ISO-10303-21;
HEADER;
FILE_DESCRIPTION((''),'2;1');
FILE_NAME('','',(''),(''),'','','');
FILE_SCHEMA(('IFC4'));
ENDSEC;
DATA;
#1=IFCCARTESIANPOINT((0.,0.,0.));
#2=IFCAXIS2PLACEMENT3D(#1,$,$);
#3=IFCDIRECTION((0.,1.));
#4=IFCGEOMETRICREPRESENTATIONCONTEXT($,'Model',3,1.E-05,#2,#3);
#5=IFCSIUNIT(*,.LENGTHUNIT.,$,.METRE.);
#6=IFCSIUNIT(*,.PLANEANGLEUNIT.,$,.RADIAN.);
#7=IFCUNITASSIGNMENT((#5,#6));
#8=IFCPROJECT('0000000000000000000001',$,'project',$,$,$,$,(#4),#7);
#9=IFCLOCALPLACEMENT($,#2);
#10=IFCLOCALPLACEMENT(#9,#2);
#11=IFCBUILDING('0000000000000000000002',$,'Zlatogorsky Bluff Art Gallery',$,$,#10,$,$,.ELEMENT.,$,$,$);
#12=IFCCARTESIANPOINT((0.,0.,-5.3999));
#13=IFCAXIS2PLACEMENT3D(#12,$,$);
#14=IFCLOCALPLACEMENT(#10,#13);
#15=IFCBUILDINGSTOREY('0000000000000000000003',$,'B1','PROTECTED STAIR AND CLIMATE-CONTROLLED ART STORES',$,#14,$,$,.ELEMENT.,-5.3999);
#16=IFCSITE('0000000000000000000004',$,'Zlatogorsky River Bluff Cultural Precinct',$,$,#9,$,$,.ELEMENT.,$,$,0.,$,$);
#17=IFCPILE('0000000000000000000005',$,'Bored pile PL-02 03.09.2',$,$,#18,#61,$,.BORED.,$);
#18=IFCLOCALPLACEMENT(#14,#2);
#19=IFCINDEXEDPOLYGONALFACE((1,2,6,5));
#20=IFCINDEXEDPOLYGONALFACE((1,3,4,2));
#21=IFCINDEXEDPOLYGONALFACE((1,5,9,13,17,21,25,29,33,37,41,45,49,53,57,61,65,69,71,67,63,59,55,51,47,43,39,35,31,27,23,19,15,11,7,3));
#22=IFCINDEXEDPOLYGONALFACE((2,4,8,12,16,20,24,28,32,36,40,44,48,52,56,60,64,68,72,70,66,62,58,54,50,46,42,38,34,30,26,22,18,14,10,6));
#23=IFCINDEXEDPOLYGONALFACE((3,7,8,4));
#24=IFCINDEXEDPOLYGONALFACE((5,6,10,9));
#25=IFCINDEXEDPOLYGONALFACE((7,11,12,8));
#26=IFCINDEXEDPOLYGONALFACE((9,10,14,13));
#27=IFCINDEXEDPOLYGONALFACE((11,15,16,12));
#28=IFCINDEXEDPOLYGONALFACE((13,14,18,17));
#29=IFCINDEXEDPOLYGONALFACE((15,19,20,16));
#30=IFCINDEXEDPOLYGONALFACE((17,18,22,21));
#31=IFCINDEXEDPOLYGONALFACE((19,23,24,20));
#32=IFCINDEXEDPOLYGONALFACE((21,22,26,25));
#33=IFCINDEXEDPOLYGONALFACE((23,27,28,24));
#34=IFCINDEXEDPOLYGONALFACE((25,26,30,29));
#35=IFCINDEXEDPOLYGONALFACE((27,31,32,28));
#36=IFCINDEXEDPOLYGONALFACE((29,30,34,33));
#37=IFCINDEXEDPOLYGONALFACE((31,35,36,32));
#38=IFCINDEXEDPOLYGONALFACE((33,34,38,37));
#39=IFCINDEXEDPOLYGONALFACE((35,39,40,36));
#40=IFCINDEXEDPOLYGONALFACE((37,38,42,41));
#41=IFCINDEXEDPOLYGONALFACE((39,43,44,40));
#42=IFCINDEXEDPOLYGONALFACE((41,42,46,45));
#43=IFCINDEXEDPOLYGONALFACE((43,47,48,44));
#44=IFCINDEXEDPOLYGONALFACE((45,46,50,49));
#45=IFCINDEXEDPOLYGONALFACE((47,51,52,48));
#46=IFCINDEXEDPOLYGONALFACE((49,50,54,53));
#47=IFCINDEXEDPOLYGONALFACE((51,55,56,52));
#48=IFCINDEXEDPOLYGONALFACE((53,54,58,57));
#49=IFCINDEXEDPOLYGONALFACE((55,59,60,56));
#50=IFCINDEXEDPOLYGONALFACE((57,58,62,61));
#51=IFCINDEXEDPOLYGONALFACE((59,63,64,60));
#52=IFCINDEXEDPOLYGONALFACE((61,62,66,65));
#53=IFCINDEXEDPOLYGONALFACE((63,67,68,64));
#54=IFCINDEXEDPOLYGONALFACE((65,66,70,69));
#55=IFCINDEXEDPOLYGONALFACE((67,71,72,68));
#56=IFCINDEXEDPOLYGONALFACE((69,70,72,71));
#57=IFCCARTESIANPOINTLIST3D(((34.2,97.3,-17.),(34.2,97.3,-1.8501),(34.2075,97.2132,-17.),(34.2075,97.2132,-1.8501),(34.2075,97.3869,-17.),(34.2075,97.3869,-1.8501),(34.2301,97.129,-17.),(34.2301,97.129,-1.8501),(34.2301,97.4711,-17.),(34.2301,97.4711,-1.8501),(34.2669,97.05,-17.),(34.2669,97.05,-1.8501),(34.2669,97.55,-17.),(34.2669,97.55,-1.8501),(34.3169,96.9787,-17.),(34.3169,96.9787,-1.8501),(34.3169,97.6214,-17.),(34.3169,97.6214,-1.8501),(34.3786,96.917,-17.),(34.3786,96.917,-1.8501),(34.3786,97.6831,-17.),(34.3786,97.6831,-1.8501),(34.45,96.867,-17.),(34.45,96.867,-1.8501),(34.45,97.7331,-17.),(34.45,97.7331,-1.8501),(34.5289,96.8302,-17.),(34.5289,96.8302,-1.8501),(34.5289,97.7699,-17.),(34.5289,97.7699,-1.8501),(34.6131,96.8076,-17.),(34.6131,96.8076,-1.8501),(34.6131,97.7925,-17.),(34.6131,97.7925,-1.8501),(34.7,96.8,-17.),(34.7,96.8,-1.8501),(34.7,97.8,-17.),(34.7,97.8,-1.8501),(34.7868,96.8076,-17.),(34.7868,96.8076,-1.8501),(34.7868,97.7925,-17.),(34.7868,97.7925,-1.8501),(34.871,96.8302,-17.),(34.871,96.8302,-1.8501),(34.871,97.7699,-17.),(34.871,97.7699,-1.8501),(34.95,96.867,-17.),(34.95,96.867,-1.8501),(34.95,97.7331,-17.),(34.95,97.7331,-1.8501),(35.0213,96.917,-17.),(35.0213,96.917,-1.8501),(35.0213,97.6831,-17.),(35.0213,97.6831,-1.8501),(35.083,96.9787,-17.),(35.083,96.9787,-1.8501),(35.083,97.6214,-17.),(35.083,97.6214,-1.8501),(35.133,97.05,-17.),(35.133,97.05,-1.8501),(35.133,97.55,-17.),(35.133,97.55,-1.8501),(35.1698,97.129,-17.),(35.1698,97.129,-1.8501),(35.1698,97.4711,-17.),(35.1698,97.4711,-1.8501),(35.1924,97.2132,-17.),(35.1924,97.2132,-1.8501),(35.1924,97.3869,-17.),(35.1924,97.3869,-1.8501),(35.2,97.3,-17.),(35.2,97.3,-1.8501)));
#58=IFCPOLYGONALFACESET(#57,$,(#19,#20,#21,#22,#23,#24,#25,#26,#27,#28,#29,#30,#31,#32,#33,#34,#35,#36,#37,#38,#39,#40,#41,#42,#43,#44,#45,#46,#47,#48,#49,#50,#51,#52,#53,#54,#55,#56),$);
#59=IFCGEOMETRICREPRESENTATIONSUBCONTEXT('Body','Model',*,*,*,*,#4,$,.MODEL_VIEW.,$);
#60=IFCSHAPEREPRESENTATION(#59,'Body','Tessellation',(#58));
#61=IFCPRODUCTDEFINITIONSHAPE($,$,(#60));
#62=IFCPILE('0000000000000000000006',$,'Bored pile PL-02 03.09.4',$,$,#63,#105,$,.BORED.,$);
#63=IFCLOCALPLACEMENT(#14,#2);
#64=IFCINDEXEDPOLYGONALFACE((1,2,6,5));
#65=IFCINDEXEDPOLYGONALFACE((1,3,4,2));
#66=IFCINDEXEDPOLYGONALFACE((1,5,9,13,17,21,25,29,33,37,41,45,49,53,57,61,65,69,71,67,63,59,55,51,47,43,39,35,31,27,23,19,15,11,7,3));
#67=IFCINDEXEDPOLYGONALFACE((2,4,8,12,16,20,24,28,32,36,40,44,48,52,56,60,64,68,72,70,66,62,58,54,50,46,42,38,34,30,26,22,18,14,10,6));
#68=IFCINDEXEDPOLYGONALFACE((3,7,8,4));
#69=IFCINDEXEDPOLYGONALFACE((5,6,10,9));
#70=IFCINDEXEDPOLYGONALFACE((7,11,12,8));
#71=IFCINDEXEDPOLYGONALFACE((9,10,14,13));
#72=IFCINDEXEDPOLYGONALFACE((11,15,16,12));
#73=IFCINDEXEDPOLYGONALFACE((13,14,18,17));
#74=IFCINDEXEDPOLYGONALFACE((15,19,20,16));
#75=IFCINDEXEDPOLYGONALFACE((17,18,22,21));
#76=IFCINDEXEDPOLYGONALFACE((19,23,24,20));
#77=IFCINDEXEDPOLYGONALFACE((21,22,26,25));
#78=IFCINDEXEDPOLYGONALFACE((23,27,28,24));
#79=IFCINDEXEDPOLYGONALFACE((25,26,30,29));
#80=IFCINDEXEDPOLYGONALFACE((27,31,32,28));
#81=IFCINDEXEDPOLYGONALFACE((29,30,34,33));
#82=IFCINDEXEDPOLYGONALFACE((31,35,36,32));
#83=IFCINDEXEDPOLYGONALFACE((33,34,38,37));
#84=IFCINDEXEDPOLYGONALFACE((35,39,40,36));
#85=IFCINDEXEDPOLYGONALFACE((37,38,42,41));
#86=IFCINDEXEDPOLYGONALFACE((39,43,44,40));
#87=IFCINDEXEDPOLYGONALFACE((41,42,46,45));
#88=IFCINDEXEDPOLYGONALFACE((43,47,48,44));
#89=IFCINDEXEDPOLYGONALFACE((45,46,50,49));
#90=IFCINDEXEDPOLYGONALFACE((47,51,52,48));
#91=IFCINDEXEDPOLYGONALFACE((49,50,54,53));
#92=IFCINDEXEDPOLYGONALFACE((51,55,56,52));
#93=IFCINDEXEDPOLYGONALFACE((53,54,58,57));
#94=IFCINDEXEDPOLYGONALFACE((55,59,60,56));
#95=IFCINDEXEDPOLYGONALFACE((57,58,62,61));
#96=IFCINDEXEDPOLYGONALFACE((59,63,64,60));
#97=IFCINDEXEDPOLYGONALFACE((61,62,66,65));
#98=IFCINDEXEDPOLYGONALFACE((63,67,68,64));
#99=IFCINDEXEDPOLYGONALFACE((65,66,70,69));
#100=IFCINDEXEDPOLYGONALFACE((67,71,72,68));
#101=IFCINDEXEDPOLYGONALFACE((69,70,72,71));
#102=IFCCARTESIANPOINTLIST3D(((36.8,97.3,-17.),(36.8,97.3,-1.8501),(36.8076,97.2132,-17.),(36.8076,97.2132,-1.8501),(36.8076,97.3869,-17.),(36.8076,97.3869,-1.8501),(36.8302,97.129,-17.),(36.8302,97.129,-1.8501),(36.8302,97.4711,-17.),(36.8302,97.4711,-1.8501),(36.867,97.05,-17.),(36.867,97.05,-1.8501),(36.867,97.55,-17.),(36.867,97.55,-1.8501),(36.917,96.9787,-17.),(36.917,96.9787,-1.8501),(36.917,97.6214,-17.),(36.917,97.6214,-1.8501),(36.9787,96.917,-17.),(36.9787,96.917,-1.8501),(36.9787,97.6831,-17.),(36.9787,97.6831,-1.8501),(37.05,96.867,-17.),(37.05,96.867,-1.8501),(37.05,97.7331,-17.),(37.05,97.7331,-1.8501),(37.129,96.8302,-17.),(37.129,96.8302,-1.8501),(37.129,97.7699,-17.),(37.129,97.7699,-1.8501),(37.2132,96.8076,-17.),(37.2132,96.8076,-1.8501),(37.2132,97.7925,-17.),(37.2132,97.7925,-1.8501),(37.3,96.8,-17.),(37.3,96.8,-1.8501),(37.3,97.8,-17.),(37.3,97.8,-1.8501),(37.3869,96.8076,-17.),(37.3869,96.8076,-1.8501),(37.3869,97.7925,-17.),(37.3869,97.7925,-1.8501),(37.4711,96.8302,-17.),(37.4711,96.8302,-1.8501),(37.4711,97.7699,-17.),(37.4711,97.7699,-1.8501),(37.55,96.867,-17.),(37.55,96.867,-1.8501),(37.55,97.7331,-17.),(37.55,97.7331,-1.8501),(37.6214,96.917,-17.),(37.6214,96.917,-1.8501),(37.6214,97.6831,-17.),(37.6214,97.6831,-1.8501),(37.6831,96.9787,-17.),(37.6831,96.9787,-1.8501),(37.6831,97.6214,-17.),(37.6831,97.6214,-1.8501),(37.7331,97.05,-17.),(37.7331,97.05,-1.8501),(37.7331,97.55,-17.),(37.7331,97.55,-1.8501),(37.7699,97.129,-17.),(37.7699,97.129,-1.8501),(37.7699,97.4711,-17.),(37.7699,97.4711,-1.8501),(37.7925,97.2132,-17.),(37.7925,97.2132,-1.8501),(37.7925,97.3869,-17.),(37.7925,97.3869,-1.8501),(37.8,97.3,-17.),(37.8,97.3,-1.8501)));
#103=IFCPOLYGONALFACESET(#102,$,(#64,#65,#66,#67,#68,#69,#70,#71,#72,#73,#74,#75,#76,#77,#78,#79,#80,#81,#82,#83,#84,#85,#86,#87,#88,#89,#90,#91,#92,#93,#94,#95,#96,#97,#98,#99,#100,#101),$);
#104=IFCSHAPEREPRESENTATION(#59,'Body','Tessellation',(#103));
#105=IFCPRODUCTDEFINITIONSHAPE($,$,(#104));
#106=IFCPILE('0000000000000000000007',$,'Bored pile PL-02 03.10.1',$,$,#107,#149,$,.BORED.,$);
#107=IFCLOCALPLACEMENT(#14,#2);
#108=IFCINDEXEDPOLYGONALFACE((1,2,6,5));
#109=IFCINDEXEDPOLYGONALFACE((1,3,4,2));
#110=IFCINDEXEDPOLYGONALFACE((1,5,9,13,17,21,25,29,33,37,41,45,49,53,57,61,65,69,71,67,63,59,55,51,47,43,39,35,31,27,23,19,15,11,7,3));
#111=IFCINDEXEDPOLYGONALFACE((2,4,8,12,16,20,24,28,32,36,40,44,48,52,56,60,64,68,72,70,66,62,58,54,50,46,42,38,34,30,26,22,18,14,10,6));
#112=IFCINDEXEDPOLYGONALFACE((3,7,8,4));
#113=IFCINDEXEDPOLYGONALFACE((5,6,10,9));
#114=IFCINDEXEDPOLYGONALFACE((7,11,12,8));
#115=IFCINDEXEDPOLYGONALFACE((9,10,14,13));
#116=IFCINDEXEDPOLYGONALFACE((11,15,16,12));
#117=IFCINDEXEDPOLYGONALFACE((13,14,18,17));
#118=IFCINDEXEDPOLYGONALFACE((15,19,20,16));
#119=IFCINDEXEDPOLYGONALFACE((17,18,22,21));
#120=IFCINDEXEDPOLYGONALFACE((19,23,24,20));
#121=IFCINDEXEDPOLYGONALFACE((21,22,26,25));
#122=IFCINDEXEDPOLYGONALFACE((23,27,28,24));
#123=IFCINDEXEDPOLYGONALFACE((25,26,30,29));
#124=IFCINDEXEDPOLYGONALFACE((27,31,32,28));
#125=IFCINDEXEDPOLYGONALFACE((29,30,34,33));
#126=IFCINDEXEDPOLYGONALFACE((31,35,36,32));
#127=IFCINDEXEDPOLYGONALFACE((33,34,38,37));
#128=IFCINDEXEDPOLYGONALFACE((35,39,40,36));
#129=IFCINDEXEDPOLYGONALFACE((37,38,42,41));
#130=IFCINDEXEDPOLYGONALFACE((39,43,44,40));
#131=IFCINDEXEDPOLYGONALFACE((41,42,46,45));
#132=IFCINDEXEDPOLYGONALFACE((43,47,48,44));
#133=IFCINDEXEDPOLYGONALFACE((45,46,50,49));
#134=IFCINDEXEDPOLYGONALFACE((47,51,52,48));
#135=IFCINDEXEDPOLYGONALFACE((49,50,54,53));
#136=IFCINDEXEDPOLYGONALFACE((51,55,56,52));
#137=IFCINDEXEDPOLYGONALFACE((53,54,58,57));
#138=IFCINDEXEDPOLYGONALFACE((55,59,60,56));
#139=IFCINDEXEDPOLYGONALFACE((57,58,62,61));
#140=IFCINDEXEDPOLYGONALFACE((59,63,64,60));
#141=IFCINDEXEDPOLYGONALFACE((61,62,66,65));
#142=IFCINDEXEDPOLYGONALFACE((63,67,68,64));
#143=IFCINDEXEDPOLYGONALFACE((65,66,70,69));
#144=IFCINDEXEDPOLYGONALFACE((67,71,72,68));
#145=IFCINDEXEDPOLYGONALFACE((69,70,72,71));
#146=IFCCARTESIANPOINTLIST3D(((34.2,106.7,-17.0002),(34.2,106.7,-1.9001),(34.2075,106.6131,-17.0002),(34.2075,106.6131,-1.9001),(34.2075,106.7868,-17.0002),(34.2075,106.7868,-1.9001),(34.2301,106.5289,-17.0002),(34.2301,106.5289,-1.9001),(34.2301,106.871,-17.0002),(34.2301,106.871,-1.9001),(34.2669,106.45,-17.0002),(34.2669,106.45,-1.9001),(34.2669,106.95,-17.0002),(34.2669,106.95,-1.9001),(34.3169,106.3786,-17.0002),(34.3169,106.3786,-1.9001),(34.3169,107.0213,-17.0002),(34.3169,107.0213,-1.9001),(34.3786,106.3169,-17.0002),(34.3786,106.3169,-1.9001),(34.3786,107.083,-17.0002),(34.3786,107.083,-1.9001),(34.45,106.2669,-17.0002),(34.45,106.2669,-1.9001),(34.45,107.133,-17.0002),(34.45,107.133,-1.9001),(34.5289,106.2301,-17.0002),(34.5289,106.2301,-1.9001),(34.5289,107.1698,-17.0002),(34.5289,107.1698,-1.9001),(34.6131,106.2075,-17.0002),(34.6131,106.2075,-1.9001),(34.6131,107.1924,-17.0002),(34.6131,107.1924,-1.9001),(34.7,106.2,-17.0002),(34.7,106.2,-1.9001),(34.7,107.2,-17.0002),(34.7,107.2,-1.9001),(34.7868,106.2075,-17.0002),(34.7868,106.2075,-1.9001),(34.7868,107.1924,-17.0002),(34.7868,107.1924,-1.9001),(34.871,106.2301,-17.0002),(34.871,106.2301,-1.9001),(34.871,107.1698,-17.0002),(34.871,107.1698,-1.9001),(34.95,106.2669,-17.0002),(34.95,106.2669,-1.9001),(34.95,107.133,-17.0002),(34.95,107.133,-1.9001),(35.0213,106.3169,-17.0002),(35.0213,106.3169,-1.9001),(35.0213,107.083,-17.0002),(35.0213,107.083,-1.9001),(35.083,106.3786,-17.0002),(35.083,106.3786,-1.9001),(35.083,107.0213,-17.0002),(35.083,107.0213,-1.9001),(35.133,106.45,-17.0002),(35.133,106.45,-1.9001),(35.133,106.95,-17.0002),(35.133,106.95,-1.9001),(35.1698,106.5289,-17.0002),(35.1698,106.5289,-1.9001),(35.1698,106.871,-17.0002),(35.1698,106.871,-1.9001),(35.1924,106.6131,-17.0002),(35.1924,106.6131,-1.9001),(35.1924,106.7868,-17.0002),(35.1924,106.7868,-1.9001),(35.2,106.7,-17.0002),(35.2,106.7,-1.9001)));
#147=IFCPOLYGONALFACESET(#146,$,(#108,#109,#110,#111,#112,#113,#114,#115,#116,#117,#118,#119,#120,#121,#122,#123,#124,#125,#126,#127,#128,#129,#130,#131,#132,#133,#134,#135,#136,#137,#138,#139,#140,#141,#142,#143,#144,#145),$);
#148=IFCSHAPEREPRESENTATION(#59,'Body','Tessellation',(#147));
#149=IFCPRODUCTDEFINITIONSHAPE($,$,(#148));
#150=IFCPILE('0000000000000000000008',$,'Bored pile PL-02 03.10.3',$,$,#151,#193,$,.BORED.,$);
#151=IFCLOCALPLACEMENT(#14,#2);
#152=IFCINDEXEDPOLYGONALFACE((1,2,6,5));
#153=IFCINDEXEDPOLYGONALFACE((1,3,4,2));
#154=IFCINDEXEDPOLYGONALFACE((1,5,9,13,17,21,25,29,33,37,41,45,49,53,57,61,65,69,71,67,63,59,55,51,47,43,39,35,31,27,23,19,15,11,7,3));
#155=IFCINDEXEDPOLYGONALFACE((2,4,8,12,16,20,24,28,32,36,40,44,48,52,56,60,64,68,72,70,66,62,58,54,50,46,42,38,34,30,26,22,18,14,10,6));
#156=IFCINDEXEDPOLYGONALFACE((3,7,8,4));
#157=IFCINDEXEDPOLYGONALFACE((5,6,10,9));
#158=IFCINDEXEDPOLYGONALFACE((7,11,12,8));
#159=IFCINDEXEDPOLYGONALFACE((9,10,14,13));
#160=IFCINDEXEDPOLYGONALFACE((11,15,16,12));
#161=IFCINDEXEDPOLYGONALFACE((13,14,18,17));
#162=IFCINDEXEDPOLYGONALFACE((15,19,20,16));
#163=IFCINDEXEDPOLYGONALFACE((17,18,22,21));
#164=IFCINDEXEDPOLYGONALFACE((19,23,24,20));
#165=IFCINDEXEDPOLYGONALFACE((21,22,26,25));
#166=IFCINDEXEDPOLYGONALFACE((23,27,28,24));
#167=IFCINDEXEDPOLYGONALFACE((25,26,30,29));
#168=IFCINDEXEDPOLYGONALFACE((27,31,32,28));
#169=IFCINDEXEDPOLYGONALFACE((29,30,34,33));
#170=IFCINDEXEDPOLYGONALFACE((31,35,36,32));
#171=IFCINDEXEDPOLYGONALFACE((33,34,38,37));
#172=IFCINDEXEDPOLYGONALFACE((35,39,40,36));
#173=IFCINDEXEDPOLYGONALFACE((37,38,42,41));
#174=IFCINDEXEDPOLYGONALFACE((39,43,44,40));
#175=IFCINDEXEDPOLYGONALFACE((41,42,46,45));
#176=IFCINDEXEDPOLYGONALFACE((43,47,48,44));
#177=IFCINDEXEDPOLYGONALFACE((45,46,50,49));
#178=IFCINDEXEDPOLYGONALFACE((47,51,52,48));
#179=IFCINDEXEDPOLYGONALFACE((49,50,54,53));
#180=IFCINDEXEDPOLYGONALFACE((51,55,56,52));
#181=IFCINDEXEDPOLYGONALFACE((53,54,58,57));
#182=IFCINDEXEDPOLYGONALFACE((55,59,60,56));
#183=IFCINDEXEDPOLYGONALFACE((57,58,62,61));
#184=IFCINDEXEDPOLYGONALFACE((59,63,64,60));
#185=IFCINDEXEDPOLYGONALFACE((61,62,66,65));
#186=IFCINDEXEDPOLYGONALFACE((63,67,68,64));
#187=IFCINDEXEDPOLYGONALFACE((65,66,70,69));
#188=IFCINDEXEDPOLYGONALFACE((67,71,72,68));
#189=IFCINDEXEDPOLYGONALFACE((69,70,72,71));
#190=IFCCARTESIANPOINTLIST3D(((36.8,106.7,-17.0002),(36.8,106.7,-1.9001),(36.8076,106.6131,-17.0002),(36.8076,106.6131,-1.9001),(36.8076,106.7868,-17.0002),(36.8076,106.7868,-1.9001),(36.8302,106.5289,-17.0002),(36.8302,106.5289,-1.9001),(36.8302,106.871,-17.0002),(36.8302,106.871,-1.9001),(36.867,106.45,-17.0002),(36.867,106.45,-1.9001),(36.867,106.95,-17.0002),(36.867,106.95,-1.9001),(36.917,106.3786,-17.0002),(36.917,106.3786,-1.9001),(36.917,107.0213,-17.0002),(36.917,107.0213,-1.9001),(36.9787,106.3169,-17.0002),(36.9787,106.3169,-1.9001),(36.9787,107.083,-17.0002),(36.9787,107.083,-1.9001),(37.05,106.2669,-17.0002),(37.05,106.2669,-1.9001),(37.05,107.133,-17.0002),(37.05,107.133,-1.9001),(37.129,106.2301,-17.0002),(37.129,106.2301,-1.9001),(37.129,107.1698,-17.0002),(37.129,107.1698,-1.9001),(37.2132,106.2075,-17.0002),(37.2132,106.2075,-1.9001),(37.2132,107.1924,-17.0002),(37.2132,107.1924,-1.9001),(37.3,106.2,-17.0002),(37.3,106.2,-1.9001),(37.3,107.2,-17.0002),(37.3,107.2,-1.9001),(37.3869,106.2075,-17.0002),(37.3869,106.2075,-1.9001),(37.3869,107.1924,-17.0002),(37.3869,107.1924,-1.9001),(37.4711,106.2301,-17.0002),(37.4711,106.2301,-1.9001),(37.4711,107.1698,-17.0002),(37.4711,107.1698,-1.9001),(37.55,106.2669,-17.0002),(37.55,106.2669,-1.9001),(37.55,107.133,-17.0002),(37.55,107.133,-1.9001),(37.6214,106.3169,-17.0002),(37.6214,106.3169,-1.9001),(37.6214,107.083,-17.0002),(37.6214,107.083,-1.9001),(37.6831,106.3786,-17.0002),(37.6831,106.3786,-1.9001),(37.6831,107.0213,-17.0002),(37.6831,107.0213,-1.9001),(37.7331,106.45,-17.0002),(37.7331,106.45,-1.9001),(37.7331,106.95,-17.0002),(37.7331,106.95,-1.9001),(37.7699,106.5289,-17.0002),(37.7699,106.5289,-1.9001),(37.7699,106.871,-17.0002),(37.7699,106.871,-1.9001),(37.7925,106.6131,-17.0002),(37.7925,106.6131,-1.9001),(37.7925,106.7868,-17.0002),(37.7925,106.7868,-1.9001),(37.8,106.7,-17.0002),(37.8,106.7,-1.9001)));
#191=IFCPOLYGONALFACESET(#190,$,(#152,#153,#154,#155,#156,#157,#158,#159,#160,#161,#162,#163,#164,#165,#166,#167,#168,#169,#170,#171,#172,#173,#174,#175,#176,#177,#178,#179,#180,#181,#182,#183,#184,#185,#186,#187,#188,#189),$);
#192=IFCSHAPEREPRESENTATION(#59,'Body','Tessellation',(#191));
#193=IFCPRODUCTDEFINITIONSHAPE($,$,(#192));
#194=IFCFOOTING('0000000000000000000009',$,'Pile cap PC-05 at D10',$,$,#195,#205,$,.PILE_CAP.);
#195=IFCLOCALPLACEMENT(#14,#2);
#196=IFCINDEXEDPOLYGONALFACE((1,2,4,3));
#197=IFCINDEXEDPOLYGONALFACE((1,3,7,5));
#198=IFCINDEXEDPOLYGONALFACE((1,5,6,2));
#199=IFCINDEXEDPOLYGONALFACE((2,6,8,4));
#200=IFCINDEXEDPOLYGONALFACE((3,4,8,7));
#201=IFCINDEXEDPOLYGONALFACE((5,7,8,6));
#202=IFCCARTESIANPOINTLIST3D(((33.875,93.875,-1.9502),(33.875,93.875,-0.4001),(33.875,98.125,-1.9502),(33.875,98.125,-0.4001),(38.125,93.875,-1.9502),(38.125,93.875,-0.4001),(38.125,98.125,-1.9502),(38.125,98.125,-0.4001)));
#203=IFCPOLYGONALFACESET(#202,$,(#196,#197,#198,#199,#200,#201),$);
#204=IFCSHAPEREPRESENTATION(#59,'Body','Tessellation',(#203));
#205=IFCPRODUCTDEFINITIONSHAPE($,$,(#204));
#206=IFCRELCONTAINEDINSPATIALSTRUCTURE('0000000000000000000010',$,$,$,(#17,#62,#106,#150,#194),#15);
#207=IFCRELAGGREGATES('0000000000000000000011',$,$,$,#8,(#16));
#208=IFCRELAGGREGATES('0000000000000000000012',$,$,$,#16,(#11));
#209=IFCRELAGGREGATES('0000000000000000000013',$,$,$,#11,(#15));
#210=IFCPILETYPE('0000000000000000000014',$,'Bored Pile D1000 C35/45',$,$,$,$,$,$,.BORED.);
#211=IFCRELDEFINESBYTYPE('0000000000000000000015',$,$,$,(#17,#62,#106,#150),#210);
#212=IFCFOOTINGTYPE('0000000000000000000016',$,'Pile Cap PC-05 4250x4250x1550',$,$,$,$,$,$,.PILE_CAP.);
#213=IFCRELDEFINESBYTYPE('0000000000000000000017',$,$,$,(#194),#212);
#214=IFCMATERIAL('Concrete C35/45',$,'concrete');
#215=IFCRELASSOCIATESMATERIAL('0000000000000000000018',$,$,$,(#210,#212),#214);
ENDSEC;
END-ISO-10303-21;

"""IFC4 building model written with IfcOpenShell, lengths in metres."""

from ifc_helpers import new_model, si_unit, direction, frame, origin, origin_2d, place, context, subcontext, project, spatial, rectangle, circle, extrude, material, material_profile, profile_set, type_object, element, save


model = new_model("IFC4")

# Units and contexts
model_context = context("Model", 3, precision=1e-05, world=origin(), true_north=direction((0.0, 1.0)))
body_context = subcontext(model_context, "Body", "Model", "MODEL_VIEW")
ifc_project = project(units=[si_unit("LENGTHUNIT", "METRE"), si_unit("PLANEANGLEUNIT", "RADIAN")], contexts=[model_context])

# Site, building, storey
site_placement = place(None, origin())
site = spatial("IfcSite", under=ifc_project, at=site_placement, Name="Zlatogorsky River Bluff Cultural Precinct", CompositionType="ELEMENT", RefElevation=0.0)
building_placement = place(site_placement, origin())
building = spatial("IfcBuilding", under=site, at=building_placement, Name="Zlatogorsky Bluff Art Gallery", CompositionType="ELEMENT")
storey_placement = place(building_placement, frame((0.0, 0.0, -5.3999)))
storey = spatial("IfcBuildingStorey", under=building, at=storey_placement, Name="B1", Description="PROTECTED STAIR AND CLIMATE-CONTROLLED ART STORES", CompositionType="ELEMENT", Elevation=-5.3999)

# Piles
ifc_material_1 = material(Name="Concrete C35/45", Category="concrete")
ifc_material_profile_1 = material_profile(ifc_material_1, circle(Radius=0.5, at=origin_2d()), Name="BORED PILE D1000")
ifc_profile_set_1 = profile_set([ifc_material_profile_1], Name="Concrete C35/45")
pile_type = type_object("IfcPileType", Name="Bored Pile D1000 C35/45", PredefinedType="BORED", material=ifc_profile_set_1)
for number, where, z_axis, x_axis, name in (
    (1, (34.7, 97.3, -1.8501), (0.0, 0.0, -1.0), (1.0, 0.0, 0.0), "Bored pile PL-02 03.09.2"),
    (2, (37.3, 97.3, -1.8501), (0.0, 0.0, -1.0), (1.0, 0.0, 0.0), "Bored pile PL-02 03.09.4"),
):
    element("IfcPile", number, at=place(storey_placement, frame(where, z_axis=z_axis, x_axis=x_axis)), inside=storey, type_object=pile_type, Name=name, PredefinedType="BORED", context=body_context, shape_type="SweptSolid", body=[
        extrude(circle(Radius=0.5, at=origin_2d()), origin(), (0.0, 0.0, 1.0), 15.1499),
    ])
for number, where, z_axis, x_axis, name in (
    (3, (34.7, 106.7, -1.9001), (0.0, 0.0, -1.0), (1.0, 0.0, 0.0), "Bored pile PL-02 03.10.1"),
    (4, (37.3, 106.7, -1.9001), (0.0, 0.0, -1.0), (1.0, 0.0, 0.0), "Bored pile PL-02 03.10.3"),
):
    element("IfcPile", number, at=place(storey_placement, frame(where, z_axis=z_axis, x_axis=x_axis)), inside=storey, type_object=pile_type, Name=name, PredefinedType="BORED", context=body_context, shape_type="SweptSolid", body=[
        extrude(circle(Radius=0.5, at=origin_2d()), origin(), (0.0, 0.0, 1.0), 15.1001),
    ])

# Footing
footing_type_1 = type_object("IfcFootingType", Name="Pile Cap PC-05 4250x4250x1550", PredefinedType="PILE_CAP", material=ifc_material_1)
footing_1_placement = place(storey_placement, frame((36.0, 96.0, -1.9502), z_axis=(0.0, 0.0, 1.0), x_axis=(1.0, 0.0, 0.0)))
element("IfcFooting", 5, at=footing_1_placement, inside=storey, type_object=footing_type_1, Name="Pile cap PC-05 at D10", PredefinedType="PILE_CAP", context=body_context, shape_type="SweptSolid", body=[
    extrude(rectangle(XDim=4.25, YDim=4.25, at=origin_2d()), origin(), (0.0, 0.0, 1.0), 1.55),
])

save(model, "model.ifc")
